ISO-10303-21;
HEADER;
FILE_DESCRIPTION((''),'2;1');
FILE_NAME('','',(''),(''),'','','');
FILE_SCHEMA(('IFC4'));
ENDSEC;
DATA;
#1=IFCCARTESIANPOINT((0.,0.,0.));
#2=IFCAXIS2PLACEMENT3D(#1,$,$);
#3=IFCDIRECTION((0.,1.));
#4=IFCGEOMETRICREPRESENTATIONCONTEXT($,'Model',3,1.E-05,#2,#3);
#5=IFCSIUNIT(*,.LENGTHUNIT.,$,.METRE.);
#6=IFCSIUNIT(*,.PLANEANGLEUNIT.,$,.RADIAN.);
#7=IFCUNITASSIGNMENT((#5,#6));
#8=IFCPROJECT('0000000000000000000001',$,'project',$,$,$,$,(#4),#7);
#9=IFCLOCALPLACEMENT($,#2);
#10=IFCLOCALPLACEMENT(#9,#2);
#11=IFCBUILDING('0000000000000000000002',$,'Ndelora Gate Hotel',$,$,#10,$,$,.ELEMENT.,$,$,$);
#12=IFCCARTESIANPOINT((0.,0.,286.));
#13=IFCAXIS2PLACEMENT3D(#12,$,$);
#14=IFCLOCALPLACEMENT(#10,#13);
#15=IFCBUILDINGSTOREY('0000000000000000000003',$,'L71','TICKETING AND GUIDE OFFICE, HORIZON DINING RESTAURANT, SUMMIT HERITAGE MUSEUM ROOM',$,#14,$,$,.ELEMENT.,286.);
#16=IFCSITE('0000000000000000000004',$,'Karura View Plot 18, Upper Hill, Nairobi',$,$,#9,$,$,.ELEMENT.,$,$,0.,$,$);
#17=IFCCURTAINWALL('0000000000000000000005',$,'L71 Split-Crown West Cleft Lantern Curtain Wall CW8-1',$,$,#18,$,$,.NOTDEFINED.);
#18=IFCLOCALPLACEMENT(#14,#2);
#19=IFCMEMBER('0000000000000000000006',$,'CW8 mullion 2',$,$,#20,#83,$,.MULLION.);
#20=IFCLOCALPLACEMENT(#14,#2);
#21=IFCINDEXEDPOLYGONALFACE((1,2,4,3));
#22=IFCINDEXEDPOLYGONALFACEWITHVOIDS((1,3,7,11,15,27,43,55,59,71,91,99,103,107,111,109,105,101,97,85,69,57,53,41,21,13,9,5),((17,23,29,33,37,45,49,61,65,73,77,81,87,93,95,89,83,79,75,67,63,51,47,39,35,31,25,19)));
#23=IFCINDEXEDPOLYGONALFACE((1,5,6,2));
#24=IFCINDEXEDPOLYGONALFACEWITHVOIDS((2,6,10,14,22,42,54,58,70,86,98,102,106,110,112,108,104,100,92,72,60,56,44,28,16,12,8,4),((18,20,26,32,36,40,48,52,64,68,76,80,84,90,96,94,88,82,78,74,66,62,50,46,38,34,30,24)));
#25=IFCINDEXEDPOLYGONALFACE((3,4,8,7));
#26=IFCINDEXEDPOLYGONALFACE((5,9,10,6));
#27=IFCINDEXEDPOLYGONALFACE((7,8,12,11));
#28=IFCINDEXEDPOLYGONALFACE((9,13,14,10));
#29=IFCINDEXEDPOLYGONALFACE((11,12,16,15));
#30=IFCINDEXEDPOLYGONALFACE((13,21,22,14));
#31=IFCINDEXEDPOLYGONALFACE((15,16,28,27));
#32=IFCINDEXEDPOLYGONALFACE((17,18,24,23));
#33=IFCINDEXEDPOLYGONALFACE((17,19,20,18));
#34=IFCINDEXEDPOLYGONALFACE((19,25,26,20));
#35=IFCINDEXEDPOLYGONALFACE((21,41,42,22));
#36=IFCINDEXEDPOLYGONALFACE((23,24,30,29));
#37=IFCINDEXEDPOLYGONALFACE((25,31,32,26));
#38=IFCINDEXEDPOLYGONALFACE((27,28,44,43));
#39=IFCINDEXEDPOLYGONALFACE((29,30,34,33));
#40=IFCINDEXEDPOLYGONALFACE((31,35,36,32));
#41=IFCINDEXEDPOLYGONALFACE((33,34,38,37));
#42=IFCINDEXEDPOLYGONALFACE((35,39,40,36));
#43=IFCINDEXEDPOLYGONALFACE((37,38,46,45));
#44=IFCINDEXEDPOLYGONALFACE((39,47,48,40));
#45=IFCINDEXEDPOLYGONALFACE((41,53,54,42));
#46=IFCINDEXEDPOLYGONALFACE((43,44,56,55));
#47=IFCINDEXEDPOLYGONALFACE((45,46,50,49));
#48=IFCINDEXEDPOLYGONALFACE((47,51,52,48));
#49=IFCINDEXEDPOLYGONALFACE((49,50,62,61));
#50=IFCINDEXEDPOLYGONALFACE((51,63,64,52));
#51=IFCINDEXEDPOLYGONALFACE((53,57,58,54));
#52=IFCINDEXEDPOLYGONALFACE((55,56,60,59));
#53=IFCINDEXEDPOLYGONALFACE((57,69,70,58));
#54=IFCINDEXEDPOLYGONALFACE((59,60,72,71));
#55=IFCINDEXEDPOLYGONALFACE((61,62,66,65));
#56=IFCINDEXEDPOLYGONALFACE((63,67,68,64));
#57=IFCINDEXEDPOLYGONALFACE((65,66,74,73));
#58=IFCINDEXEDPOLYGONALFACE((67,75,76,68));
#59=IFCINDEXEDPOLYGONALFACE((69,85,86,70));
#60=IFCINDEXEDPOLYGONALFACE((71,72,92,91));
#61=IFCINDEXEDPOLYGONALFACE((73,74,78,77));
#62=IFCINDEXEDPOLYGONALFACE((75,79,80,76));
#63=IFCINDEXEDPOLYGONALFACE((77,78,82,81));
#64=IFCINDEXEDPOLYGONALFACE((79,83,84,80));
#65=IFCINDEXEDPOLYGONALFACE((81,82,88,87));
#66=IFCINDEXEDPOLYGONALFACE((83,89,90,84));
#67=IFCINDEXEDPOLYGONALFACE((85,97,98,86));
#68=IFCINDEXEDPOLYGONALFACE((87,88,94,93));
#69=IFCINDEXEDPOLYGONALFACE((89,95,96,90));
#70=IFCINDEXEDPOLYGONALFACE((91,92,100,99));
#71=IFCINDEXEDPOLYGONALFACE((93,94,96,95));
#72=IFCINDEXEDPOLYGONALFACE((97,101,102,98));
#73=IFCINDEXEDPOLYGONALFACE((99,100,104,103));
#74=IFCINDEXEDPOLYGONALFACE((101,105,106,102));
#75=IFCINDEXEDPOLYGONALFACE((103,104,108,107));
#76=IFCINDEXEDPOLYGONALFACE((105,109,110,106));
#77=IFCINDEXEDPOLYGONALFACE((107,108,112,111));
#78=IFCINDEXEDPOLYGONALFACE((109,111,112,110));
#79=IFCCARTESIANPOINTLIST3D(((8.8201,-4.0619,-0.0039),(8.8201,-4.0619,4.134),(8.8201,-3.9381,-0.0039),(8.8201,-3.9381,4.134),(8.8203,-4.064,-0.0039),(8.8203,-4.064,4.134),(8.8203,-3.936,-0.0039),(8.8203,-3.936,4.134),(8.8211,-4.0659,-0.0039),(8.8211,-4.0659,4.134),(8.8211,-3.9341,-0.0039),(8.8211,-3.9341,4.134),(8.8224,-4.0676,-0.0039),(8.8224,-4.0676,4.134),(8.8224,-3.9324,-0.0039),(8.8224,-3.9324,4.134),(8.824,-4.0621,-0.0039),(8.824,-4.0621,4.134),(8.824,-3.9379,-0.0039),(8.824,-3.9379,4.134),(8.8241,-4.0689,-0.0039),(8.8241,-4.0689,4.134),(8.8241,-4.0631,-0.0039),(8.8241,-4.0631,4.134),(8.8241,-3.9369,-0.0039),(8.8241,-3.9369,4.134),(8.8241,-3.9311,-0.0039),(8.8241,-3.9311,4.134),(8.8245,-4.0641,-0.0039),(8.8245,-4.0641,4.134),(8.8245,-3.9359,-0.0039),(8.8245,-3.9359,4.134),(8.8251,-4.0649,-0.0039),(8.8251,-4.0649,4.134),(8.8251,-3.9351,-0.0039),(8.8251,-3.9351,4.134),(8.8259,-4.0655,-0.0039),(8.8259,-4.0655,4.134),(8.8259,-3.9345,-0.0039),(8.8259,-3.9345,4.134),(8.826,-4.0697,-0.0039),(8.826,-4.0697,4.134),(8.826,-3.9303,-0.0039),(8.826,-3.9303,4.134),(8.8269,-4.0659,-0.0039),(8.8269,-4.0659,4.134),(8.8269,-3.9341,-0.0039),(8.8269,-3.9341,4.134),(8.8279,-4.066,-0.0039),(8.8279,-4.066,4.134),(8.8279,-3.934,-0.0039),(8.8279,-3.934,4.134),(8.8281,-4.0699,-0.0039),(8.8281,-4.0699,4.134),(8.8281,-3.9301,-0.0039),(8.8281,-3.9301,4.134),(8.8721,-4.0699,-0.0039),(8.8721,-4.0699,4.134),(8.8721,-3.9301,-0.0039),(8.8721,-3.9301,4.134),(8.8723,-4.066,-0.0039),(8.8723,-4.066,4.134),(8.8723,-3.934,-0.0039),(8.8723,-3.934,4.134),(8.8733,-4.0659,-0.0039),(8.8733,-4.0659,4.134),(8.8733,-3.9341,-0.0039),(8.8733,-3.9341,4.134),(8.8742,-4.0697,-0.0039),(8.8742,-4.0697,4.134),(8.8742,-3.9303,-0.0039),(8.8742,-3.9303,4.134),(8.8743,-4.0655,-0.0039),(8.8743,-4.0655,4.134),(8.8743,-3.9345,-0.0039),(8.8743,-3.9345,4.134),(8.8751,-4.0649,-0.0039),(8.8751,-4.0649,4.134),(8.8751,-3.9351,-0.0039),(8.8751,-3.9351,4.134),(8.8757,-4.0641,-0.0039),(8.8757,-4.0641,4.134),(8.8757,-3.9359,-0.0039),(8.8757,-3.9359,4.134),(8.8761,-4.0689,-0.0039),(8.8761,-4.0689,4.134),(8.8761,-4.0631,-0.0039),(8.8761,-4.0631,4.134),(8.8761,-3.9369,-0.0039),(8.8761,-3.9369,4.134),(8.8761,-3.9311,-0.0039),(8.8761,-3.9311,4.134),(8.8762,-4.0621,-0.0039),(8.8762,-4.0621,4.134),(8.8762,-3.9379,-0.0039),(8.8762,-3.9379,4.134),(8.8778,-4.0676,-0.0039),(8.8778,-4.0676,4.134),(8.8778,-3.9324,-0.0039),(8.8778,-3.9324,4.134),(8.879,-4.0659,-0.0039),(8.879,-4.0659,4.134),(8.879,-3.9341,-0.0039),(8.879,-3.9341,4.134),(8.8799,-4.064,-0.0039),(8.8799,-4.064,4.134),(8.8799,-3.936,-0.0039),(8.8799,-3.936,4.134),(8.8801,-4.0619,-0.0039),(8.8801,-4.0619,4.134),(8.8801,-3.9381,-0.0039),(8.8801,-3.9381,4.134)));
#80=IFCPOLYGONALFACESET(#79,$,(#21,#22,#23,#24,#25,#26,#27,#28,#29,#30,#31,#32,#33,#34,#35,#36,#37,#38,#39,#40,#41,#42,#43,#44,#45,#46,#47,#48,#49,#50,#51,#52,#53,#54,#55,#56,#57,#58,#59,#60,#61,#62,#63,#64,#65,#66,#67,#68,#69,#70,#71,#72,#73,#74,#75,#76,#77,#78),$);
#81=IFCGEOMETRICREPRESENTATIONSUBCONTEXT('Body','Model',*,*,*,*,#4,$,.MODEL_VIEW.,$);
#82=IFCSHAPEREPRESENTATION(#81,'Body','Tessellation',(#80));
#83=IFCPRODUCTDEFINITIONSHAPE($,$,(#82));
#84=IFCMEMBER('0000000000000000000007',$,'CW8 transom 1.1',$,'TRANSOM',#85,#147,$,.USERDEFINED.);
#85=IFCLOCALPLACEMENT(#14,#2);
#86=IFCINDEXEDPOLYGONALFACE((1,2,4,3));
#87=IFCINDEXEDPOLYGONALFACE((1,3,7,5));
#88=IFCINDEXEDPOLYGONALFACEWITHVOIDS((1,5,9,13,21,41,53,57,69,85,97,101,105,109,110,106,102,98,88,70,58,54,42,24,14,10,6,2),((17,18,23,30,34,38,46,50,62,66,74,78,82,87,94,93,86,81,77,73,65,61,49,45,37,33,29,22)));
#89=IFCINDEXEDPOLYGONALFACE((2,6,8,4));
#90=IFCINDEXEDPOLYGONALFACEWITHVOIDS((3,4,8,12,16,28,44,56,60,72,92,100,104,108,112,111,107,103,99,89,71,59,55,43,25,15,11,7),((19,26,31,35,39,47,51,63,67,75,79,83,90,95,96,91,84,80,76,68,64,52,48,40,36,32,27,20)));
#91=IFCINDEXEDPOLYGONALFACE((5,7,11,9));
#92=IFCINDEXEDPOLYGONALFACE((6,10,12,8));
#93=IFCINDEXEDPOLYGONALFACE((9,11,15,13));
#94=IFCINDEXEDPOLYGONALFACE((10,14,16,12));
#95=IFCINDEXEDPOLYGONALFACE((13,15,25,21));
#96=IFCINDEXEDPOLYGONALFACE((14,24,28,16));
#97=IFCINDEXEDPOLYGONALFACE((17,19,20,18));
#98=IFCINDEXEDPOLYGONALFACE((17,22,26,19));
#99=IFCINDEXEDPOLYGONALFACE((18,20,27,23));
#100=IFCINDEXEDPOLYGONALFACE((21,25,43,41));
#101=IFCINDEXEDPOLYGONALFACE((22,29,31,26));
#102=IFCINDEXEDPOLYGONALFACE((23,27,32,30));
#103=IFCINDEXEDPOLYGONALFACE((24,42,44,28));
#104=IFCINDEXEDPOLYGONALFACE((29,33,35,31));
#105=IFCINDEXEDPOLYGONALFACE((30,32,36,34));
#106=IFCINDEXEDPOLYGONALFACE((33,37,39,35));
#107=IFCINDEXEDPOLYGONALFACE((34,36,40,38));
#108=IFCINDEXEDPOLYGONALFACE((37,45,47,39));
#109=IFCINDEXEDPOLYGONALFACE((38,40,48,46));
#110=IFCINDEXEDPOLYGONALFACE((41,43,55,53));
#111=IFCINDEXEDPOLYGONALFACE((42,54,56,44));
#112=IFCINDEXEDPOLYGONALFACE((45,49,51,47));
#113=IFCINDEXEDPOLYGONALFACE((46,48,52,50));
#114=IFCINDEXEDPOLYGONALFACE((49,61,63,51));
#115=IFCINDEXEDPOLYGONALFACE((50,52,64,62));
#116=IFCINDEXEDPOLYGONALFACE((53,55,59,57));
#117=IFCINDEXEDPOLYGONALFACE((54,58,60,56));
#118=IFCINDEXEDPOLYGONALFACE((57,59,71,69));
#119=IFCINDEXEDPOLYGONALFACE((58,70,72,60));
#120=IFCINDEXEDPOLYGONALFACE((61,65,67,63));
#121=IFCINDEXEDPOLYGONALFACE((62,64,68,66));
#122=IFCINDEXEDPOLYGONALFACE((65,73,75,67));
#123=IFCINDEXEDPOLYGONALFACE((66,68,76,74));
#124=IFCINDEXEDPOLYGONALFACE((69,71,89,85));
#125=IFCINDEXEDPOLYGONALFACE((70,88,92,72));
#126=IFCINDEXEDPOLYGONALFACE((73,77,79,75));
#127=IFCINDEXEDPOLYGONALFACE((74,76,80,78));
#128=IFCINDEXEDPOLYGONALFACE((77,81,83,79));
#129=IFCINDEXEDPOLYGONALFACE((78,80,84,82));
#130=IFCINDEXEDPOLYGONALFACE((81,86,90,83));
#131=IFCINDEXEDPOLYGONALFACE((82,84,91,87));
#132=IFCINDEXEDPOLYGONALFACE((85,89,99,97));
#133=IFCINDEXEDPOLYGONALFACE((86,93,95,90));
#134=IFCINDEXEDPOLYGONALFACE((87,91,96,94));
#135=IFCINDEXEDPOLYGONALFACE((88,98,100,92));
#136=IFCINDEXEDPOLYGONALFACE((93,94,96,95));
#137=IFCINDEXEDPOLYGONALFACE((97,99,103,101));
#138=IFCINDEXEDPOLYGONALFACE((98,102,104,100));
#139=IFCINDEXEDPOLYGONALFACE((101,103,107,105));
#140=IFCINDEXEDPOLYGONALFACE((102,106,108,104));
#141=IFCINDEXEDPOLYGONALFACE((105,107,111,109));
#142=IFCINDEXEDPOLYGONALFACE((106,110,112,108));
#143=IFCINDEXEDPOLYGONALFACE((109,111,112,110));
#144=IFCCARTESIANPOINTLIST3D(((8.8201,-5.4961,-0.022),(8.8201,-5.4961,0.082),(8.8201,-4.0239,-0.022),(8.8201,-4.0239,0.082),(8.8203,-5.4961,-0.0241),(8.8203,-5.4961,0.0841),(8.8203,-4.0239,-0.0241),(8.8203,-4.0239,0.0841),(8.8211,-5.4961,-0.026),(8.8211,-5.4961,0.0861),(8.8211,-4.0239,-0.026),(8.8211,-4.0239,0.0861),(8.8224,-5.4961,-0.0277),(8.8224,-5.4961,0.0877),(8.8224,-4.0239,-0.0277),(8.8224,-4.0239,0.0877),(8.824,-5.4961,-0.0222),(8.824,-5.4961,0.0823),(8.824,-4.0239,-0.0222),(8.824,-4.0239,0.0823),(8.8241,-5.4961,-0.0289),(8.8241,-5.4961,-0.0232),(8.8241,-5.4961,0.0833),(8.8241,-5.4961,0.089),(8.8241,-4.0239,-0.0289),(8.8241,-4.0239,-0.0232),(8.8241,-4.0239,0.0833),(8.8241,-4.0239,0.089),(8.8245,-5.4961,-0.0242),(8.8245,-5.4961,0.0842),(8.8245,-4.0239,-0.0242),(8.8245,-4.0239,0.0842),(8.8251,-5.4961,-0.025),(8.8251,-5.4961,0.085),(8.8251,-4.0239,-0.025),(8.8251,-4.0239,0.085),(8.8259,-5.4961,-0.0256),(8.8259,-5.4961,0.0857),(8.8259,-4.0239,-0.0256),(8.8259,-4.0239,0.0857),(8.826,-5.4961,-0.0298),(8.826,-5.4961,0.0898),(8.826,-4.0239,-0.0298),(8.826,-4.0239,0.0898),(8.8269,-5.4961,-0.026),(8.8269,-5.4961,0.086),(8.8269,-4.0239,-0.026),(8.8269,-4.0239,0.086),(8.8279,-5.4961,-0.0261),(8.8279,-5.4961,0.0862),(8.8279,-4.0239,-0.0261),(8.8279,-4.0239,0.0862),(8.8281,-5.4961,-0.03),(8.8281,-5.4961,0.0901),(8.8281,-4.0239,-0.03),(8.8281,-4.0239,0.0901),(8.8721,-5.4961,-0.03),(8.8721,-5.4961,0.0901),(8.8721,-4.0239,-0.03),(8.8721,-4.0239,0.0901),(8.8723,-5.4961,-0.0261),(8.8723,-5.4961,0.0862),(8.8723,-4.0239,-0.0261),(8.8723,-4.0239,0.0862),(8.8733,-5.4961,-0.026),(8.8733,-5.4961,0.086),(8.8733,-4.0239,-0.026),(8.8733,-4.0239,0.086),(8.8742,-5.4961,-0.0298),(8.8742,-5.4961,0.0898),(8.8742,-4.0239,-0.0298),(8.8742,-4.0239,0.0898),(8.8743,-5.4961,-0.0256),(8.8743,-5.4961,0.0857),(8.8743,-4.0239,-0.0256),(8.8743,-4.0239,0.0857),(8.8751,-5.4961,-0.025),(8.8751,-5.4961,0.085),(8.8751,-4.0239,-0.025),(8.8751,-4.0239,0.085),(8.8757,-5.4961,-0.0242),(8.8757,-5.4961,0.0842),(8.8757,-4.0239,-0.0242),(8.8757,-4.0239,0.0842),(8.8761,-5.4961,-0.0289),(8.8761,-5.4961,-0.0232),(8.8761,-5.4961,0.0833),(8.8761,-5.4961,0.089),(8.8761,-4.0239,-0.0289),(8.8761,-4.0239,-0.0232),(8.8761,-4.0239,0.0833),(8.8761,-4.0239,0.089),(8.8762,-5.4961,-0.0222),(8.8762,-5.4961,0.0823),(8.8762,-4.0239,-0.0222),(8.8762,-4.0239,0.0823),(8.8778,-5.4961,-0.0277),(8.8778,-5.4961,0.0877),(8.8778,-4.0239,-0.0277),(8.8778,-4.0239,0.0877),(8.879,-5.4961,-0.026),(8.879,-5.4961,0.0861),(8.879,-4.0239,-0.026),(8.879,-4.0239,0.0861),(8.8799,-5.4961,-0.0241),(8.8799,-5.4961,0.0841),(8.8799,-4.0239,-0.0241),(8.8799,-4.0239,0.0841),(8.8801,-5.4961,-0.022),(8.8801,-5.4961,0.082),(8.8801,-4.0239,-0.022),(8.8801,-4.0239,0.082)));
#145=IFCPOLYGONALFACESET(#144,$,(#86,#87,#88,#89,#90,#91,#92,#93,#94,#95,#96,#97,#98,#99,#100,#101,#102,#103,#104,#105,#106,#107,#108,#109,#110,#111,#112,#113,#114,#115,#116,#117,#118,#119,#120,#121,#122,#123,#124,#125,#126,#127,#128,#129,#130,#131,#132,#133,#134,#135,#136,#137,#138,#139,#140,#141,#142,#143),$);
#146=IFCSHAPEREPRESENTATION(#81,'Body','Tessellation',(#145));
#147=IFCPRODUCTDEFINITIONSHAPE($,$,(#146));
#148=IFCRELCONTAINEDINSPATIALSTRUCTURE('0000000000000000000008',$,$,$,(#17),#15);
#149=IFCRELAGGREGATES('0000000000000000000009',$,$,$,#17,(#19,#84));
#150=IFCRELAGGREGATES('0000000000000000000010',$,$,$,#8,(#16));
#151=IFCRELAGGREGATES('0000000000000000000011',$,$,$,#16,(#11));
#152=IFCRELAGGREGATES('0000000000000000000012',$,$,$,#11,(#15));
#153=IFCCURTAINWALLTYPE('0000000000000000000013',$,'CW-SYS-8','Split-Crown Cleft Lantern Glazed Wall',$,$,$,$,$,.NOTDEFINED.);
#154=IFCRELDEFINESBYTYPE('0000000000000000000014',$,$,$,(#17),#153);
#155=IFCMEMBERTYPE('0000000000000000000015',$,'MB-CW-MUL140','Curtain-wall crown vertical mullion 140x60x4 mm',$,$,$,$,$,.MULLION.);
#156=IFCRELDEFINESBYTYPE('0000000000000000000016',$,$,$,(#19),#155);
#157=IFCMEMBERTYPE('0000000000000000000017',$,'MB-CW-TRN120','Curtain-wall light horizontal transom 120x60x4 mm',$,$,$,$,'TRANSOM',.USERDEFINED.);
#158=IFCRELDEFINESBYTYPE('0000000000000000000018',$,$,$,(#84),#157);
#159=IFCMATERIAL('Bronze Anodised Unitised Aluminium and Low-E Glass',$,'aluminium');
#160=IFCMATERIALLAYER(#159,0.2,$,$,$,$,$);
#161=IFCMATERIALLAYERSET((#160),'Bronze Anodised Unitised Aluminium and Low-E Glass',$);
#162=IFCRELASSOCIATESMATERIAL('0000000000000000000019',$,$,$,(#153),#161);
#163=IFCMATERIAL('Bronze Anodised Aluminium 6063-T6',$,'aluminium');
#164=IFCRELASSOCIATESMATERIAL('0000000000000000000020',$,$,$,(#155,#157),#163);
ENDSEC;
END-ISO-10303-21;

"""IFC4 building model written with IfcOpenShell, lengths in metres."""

from ifc_helpers import new_model, si_unit, direction, frame, origin, origin_2d, place, context, subcontext, project, spatial, hollow_rectangle, extrude, material, layer, layer_set, material_profile, profile_set, type_object, element, aggregate, save


model = new_model("IFC4")

# Units and contexts
model_context = context("Model", 3, precision=1e-05, world=origin(), true_north=direction((0.0, 1.0)))
body_context = subcontext(model_context, "Body", "Model", "MODEL_VIEW")
ifc_project = project(units=[si_unit("LENGTHUNIT", "METRE"), si_unit("PLANEANGLEUNIT", "RADIAN")], contexts=[model_context])

# Site, building, storey
site_placement = place(None, origin())
site = spatial("IfcSite", under=ifc_project, at=site_placement, Name="Karura View Plot 18, Upper Hill, Nairobi", CompositionType="ELEMENT", RefElevation=0.0)
building_placement = place(site_placement, origin())
building = spatial("IfcBuilding", under=site, at=building_placement, Name="Ndelora Gate Hotel", CompositionType="ELEMENT")
storey_placement = place(building_placement, frame((0.0, 0.0, 286.0)))
storey = spatial("IfcBuildingStorey", under=building, at=storey_placement, Name="L71", Description="TICKETING AND GUIDE OFFICE, HORIZON DINING RESTAURANT, SUMMIT HERITAGE MUSEUM ROOM", CompositionType="ELEMENT", Elevation=286.0)

# Curtain wall, members
ifc_material_1 = material(Name="Bronze Anodised Unitised Aluminium and Low-E Glass", Category="aluminium")
ifc_layer_1 = layer(ifc_material_1, 0.2)
ifc_layer_set_1 = layer_set([ifc_layer_1], Name="Bronze Anodised Unitised Aluminium and Low-E Glass")
curtain_wall_type = type_object("IfcCurtainWallType", Name="CW-SYS-8", Description="Split-Crown Cleft Lantern Glazed Wall", PredefinedType="NOTDEFINED", material=ifc_layer_set_1)
curtain_wall_placement = place(storey_placement, origin())
curtain_wall = element("IfcCurtainWall", 1, at=curtain_wall_placement, inside=storey, type_object=curtain_wall_type, Name="L71 Split-Crown West Cleft Lantern Curtain Wall CW8-1", PredefinedType="NOTDEFINED")
ifc_material_2 = material(Name="Bronze Anodised Aluminium 6063-T6", Category="aluminium")
ifc_material_profile_1 = material_profile(ifc_material_2, hollow_rectangle(XDim=0.0601, YDim=0.1399, WallThickness=0.0039, InnerFilletRadius=0.0039, OuterFilletRadius=0.0081, at=origin_2d()), Name="ALU 140x60x4")
ifc_profile_set_1 = profile_set([ifc_material_profile_1], Name="Bronze Anodised Aluminium 6063-T6")
member_type_1 = type_object("IfcMemberType", Name="MB-CW-MUL140", Description="Curtain-wall crown vertical mullion 140x60x4 mm", PredefinedType="MULLION", material=ifc_profile_set_1)
member_1_placement = place(storey_placement, frame((8.8501, -4.0, -0.0039), z_axis=(0.0, 0.0, 1.0), x_axis=(-1.0, 0.0, 0.0)))
member_1 = element("IfcMember", 2, at=member_1_placement, type_object=member_type_1, Name="CW8 mullion 2", PredefinedType="MULLION", context=body_context, shape_type="SweptSolid", body=[
    extrude(hollow_rectangle(XDim=0.0601, YDim=0.1399, WallThickness=0.0039, InnerFilletRadius=0.0039, OuterFilletRadius=0.0081, at=origin_2d()), origin(), (0.0, 0.0, 1.0), 4.1379),
])
ifc_material_profile_2 = material_profile(ifc_material_2, hollow_rectangle(XDim=0.0601, YDim=0.1201, WallThickness=0.0039, InnerFilletRadius=0.0039, OuterFilletRadius=0.0081, at=origin_2d()), Name="ALU 120x60x4")
ifc_profile_set_2 = profile_set([ifc_material_profile_2], Name="Bronze Anodised Aluminium 6063-T6")
member_type_2 = type_object("IfcMemberType", Name="MB-CW-TRN120", Description="Curtain-wall light horizontal transom 120x60x4 mm", ElementType="TRANSOM", PredefinedType="USERDEFINED", material=ifc_profile_set_2)
member_2_placement = place(storey_placement, frame((8.8501, -5.4961, 0.03), z_axis=(0.0, 1.0, 0.0), x_axis=(-1.0, 0.0, 0.0)))
member_2 = element("IfcMember", 3, at=member_2_placement, type_object=member_type_2, Name="CW8 transom 1.1", ObjectType="TRANSOM", PredefinedType="USERDEFINED", context=body_context, shape_type="SweptSolid", body=[
    extrude(hollow_rectangle(XDim=0.0601, YDim=0.1201, WallThickness=0.0039, InnerFilletRadius=0.0039, OuterFilletRadius=0.0081, at=origin_2d()), origin(), (0.0, 0.0, 1.0), 1.4722),
])
aggregate(curtain_wall, [member_1, member_2])

save(model, "model.ifc")
